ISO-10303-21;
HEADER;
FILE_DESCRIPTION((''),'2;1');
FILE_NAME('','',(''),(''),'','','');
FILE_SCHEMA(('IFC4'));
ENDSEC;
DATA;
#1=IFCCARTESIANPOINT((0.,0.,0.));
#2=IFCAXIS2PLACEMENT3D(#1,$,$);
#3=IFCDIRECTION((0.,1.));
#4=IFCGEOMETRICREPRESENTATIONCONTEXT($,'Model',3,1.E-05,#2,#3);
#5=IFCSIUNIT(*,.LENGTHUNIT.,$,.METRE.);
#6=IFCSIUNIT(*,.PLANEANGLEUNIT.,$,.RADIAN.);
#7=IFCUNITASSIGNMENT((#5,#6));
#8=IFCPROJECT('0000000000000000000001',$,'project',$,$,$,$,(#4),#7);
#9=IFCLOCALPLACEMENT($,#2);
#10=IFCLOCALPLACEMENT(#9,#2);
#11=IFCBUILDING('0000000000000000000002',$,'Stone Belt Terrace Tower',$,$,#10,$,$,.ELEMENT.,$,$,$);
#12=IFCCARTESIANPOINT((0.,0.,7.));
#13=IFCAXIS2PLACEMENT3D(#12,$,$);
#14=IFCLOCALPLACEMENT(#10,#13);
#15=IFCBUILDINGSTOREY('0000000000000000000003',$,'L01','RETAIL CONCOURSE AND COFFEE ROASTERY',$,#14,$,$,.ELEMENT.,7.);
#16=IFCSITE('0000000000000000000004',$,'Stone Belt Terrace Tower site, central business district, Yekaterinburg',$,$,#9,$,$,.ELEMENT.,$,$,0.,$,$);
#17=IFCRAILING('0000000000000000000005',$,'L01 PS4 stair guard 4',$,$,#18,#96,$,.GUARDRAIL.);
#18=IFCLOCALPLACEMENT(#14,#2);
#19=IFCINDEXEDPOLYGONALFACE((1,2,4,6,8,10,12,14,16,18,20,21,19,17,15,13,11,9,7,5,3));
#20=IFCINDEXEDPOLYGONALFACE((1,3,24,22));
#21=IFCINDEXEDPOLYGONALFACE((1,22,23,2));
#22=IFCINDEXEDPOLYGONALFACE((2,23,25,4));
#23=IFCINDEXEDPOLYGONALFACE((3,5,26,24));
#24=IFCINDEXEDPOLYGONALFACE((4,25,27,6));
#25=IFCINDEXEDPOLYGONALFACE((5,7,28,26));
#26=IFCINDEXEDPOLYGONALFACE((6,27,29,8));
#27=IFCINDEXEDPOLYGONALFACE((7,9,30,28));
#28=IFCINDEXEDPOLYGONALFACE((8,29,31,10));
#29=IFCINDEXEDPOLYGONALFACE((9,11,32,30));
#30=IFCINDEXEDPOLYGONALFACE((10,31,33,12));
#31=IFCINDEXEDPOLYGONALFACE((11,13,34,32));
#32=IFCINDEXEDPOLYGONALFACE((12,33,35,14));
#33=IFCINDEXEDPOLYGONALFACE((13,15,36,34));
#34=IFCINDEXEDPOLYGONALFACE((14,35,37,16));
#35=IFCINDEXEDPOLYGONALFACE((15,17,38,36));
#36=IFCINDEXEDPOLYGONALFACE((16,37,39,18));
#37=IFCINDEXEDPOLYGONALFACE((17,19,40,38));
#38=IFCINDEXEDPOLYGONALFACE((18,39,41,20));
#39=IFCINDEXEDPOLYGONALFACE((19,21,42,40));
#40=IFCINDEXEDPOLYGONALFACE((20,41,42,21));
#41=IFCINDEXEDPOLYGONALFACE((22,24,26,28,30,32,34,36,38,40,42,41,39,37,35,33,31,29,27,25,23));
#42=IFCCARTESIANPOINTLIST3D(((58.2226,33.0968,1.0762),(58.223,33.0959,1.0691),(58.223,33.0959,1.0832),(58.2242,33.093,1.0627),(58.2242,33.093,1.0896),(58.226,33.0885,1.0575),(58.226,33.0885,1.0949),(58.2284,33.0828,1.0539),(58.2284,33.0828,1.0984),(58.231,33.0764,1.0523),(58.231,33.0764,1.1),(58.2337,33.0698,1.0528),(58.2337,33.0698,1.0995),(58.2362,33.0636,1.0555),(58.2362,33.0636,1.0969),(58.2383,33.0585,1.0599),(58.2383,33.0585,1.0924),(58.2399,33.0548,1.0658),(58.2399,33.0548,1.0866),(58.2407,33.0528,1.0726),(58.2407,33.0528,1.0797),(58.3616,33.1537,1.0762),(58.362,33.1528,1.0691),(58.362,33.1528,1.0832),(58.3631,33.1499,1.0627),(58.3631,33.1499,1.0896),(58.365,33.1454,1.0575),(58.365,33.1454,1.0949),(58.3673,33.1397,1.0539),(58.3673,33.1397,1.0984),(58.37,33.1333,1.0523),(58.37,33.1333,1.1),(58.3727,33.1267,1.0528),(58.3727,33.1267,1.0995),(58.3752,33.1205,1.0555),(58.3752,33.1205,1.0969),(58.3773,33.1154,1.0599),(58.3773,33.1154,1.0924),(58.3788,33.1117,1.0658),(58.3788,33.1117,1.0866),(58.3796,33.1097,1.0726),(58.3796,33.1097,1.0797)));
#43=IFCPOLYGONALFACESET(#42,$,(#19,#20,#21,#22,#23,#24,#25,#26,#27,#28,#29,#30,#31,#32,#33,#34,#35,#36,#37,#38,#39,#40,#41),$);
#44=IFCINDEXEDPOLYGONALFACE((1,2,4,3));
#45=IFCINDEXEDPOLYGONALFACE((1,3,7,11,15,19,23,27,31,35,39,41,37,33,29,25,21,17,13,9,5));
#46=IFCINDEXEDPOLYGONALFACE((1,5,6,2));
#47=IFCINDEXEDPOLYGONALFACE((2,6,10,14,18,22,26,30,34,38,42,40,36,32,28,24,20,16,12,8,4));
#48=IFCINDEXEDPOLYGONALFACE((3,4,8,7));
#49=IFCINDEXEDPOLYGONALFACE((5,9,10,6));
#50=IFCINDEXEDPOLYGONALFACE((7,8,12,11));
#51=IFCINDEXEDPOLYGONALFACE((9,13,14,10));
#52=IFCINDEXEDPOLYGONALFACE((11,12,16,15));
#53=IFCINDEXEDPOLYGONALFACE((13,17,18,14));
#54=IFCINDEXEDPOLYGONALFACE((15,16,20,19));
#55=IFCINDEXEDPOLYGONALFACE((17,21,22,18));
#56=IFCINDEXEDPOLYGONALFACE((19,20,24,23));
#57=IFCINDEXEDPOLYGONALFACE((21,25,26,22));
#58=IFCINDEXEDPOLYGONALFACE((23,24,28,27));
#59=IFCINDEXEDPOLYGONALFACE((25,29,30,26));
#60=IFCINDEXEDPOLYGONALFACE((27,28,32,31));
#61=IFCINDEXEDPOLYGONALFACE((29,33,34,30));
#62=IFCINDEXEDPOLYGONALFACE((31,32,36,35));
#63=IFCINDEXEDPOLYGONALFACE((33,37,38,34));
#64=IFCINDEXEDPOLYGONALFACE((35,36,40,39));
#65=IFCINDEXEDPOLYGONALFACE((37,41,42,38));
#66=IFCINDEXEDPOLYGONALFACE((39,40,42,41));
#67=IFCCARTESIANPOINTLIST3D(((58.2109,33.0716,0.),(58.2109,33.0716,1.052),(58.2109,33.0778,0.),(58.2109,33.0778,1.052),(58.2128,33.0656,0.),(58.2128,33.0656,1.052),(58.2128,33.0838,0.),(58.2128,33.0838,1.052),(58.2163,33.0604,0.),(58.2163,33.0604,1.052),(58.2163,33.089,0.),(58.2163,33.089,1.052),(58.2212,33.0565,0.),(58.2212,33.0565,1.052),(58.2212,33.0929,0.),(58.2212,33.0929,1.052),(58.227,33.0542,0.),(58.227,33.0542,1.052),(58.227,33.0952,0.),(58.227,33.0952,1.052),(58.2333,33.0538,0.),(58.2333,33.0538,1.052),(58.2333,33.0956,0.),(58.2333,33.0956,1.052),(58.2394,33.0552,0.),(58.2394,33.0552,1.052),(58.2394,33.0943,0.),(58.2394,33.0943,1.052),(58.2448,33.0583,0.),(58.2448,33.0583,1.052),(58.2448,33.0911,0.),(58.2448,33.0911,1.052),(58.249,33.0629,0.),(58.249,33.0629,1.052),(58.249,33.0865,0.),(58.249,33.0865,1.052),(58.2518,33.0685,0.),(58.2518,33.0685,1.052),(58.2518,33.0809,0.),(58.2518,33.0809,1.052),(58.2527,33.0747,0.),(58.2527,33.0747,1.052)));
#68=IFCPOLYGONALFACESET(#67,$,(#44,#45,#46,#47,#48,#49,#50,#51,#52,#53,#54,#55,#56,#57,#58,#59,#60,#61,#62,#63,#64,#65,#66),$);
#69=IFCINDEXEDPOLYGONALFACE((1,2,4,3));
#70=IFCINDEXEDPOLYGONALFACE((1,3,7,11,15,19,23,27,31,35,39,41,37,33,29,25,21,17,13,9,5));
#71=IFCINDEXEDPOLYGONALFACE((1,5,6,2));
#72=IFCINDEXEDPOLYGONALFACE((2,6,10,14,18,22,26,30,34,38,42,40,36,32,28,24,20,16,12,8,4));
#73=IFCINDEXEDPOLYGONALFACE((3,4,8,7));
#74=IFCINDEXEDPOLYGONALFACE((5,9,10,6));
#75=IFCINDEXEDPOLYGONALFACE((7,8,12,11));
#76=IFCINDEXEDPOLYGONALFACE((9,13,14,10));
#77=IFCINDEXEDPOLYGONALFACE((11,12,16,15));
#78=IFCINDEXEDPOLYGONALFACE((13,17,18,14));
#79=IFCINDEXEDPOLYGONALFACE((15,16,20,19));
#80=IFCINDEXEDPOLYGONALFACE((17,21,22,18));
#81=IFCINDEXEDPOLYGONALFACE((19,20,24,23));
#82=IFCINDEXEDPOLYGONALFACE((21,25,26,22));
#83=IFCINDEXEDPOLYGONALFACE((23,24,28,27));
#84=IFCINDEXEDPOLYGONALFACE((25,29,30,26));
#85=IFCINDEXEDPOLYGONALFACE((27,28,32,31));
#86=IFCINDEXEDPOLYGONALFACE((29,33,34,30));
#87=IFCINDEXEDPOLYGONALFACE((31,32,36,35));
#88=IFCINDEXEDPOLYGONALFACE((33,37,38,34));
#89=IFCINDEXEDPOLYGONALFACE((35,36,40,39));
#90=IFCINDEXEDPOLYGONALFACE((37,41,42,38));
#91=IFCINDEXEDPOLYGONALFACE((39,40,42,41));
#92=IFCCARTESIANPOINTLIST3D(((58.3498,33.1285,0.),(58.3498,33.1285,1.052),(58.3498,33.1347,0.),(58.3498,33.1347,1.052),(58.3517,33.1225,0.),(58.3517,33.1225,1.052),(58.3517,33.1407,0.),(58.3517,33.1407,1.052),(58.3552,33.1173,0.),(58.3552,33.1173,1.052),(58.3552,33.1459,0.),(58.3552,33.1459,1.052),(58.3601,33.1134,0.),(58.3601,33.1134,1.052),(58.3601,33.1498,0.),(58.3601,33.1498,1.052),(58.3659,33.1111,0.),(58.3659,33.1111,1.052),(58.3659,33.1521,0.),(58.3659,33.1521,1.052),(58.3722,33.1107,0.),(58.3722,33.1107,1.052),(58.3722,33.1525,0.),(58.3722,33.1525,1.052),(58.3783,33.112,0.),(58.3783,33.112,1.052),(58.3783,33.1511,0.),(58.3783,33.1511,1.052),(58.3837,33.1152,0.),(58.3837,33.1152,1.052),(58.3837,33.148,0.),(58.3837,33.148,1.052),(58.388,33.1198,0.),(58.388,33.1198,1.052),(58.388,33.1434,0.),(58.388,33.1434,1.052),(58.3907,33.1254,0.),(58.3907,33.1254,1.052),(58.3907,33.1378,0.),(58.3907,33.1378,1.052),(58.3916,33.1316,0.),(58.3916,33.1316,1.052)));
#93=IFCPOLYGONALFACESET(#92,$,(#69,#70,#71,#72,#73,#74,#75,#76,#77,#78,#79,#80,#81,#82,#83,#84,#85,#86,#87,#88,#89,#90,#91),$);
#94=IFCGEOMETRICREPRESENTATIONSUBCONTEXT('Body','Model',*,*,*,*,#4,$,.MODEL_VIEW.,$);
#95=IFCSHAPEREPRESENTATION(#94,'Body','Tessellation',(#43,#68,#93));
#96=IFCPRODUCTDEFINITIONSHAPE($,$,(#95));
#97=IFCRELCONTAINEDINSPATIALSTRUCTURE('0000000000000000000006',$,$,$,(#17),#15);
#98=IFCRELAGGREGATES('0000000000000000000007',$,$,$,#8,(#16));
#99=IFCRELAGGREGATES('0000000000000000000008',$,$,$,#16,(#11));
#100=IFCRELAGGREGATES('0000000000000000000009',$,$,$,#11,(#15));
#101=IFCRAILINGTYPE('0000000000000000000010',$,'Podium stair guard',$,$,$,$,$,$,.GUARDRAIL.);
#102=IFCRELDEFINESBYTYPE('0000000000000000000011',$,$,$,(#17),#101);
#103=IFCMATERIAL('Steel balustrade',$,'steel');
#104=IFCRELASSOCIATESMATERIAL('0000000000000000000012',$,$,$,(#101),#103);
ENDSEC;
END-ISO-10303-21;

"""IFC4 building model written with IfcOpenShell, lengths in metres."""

from ifc_helpers import new_model, si_unit, direction, frame, origin, origin_2d, place, context, subcontext, project, spatial, circle, extrude, material, type_object, element, save


model = new_model("IFC4")

# Units and contexts
model_context = context("Model", 3, precision=1e-05, world=origin(), true_north=direction((0.0, 1.0)))
body_context = subcontext(model_context, "Body", "Model", "MODEL_VIEW")
ifc_project = project(units=[si_unit("LENGTHUNIT", "METRE"), si_unit("PLANEANGLEUNIT", "RADIAN")], contexts=[model_context])

# Site, building, storey
site_placement = place(None, origin())
site = spatial("IfcSite", under=ifc_project, at=site_placement, Name="Stone Belt Terrace Tower site, central business district, Yekaterinburg", CompositionType="ELEMENT", RefElevation=0.0)
building_placement = place(site_placement, origin())
building = spatial("IfcBuilding", under=site, at=building_placement, Name="Stone Belt Terrace Tower", CompositionType="ELEMENT")
storey_placement = place(building_placement, frame((0.0, 0.0, 7.0)))
storey = spatial("IfcBuildingStorey", under=building, at=storey_placement, Name="L01", Description="RETAIL CONCOURSE AND COFFEE ROASTERY", CompositionType="ELEMENT", Elevation=7.0)

# Railing
ifc_material_1 = material(Name="Steel balustrade", Category="steel")
railing_type = type_object("IfcRailingType", Name="Podium stair guard", PredefinedType="GUARDRAIL", material=ifc_material_1)
railing_1_placement = place(storey_placement, frame((58.2317, 33.0747, 0.0)))
element("IfcRailing", 1, at=railing_1_placement, inside=storey, type_object=railing_type, Name="L01 PS4 stair guard 4", PredefinedType="GUARDRAIL", context=body_context, shape_type="SweptSolid", body=[
    extrude(circle(Radius=0.0239, at=origin_2d()), frame((0.0, 0.0, 1.0762), z_axis=(0.925417, 0.378949, 0.0), x_axis=(-0.378949, 0.925417, 0.0)), (0.0, 0.0, 1.0), 0.1501),
    extrude(circle(Radius=0.021, at=origin_2d()), origin(), (0.0, 0.0, 1.0), 1.052),
    extrude(circle(Radius=0.021, at=origin_2d()), frame((0.1389, 0.0569, 0.0)), (0.0, 0.0, 1.0), 1.052),
])

save(model, "model.ifc")
